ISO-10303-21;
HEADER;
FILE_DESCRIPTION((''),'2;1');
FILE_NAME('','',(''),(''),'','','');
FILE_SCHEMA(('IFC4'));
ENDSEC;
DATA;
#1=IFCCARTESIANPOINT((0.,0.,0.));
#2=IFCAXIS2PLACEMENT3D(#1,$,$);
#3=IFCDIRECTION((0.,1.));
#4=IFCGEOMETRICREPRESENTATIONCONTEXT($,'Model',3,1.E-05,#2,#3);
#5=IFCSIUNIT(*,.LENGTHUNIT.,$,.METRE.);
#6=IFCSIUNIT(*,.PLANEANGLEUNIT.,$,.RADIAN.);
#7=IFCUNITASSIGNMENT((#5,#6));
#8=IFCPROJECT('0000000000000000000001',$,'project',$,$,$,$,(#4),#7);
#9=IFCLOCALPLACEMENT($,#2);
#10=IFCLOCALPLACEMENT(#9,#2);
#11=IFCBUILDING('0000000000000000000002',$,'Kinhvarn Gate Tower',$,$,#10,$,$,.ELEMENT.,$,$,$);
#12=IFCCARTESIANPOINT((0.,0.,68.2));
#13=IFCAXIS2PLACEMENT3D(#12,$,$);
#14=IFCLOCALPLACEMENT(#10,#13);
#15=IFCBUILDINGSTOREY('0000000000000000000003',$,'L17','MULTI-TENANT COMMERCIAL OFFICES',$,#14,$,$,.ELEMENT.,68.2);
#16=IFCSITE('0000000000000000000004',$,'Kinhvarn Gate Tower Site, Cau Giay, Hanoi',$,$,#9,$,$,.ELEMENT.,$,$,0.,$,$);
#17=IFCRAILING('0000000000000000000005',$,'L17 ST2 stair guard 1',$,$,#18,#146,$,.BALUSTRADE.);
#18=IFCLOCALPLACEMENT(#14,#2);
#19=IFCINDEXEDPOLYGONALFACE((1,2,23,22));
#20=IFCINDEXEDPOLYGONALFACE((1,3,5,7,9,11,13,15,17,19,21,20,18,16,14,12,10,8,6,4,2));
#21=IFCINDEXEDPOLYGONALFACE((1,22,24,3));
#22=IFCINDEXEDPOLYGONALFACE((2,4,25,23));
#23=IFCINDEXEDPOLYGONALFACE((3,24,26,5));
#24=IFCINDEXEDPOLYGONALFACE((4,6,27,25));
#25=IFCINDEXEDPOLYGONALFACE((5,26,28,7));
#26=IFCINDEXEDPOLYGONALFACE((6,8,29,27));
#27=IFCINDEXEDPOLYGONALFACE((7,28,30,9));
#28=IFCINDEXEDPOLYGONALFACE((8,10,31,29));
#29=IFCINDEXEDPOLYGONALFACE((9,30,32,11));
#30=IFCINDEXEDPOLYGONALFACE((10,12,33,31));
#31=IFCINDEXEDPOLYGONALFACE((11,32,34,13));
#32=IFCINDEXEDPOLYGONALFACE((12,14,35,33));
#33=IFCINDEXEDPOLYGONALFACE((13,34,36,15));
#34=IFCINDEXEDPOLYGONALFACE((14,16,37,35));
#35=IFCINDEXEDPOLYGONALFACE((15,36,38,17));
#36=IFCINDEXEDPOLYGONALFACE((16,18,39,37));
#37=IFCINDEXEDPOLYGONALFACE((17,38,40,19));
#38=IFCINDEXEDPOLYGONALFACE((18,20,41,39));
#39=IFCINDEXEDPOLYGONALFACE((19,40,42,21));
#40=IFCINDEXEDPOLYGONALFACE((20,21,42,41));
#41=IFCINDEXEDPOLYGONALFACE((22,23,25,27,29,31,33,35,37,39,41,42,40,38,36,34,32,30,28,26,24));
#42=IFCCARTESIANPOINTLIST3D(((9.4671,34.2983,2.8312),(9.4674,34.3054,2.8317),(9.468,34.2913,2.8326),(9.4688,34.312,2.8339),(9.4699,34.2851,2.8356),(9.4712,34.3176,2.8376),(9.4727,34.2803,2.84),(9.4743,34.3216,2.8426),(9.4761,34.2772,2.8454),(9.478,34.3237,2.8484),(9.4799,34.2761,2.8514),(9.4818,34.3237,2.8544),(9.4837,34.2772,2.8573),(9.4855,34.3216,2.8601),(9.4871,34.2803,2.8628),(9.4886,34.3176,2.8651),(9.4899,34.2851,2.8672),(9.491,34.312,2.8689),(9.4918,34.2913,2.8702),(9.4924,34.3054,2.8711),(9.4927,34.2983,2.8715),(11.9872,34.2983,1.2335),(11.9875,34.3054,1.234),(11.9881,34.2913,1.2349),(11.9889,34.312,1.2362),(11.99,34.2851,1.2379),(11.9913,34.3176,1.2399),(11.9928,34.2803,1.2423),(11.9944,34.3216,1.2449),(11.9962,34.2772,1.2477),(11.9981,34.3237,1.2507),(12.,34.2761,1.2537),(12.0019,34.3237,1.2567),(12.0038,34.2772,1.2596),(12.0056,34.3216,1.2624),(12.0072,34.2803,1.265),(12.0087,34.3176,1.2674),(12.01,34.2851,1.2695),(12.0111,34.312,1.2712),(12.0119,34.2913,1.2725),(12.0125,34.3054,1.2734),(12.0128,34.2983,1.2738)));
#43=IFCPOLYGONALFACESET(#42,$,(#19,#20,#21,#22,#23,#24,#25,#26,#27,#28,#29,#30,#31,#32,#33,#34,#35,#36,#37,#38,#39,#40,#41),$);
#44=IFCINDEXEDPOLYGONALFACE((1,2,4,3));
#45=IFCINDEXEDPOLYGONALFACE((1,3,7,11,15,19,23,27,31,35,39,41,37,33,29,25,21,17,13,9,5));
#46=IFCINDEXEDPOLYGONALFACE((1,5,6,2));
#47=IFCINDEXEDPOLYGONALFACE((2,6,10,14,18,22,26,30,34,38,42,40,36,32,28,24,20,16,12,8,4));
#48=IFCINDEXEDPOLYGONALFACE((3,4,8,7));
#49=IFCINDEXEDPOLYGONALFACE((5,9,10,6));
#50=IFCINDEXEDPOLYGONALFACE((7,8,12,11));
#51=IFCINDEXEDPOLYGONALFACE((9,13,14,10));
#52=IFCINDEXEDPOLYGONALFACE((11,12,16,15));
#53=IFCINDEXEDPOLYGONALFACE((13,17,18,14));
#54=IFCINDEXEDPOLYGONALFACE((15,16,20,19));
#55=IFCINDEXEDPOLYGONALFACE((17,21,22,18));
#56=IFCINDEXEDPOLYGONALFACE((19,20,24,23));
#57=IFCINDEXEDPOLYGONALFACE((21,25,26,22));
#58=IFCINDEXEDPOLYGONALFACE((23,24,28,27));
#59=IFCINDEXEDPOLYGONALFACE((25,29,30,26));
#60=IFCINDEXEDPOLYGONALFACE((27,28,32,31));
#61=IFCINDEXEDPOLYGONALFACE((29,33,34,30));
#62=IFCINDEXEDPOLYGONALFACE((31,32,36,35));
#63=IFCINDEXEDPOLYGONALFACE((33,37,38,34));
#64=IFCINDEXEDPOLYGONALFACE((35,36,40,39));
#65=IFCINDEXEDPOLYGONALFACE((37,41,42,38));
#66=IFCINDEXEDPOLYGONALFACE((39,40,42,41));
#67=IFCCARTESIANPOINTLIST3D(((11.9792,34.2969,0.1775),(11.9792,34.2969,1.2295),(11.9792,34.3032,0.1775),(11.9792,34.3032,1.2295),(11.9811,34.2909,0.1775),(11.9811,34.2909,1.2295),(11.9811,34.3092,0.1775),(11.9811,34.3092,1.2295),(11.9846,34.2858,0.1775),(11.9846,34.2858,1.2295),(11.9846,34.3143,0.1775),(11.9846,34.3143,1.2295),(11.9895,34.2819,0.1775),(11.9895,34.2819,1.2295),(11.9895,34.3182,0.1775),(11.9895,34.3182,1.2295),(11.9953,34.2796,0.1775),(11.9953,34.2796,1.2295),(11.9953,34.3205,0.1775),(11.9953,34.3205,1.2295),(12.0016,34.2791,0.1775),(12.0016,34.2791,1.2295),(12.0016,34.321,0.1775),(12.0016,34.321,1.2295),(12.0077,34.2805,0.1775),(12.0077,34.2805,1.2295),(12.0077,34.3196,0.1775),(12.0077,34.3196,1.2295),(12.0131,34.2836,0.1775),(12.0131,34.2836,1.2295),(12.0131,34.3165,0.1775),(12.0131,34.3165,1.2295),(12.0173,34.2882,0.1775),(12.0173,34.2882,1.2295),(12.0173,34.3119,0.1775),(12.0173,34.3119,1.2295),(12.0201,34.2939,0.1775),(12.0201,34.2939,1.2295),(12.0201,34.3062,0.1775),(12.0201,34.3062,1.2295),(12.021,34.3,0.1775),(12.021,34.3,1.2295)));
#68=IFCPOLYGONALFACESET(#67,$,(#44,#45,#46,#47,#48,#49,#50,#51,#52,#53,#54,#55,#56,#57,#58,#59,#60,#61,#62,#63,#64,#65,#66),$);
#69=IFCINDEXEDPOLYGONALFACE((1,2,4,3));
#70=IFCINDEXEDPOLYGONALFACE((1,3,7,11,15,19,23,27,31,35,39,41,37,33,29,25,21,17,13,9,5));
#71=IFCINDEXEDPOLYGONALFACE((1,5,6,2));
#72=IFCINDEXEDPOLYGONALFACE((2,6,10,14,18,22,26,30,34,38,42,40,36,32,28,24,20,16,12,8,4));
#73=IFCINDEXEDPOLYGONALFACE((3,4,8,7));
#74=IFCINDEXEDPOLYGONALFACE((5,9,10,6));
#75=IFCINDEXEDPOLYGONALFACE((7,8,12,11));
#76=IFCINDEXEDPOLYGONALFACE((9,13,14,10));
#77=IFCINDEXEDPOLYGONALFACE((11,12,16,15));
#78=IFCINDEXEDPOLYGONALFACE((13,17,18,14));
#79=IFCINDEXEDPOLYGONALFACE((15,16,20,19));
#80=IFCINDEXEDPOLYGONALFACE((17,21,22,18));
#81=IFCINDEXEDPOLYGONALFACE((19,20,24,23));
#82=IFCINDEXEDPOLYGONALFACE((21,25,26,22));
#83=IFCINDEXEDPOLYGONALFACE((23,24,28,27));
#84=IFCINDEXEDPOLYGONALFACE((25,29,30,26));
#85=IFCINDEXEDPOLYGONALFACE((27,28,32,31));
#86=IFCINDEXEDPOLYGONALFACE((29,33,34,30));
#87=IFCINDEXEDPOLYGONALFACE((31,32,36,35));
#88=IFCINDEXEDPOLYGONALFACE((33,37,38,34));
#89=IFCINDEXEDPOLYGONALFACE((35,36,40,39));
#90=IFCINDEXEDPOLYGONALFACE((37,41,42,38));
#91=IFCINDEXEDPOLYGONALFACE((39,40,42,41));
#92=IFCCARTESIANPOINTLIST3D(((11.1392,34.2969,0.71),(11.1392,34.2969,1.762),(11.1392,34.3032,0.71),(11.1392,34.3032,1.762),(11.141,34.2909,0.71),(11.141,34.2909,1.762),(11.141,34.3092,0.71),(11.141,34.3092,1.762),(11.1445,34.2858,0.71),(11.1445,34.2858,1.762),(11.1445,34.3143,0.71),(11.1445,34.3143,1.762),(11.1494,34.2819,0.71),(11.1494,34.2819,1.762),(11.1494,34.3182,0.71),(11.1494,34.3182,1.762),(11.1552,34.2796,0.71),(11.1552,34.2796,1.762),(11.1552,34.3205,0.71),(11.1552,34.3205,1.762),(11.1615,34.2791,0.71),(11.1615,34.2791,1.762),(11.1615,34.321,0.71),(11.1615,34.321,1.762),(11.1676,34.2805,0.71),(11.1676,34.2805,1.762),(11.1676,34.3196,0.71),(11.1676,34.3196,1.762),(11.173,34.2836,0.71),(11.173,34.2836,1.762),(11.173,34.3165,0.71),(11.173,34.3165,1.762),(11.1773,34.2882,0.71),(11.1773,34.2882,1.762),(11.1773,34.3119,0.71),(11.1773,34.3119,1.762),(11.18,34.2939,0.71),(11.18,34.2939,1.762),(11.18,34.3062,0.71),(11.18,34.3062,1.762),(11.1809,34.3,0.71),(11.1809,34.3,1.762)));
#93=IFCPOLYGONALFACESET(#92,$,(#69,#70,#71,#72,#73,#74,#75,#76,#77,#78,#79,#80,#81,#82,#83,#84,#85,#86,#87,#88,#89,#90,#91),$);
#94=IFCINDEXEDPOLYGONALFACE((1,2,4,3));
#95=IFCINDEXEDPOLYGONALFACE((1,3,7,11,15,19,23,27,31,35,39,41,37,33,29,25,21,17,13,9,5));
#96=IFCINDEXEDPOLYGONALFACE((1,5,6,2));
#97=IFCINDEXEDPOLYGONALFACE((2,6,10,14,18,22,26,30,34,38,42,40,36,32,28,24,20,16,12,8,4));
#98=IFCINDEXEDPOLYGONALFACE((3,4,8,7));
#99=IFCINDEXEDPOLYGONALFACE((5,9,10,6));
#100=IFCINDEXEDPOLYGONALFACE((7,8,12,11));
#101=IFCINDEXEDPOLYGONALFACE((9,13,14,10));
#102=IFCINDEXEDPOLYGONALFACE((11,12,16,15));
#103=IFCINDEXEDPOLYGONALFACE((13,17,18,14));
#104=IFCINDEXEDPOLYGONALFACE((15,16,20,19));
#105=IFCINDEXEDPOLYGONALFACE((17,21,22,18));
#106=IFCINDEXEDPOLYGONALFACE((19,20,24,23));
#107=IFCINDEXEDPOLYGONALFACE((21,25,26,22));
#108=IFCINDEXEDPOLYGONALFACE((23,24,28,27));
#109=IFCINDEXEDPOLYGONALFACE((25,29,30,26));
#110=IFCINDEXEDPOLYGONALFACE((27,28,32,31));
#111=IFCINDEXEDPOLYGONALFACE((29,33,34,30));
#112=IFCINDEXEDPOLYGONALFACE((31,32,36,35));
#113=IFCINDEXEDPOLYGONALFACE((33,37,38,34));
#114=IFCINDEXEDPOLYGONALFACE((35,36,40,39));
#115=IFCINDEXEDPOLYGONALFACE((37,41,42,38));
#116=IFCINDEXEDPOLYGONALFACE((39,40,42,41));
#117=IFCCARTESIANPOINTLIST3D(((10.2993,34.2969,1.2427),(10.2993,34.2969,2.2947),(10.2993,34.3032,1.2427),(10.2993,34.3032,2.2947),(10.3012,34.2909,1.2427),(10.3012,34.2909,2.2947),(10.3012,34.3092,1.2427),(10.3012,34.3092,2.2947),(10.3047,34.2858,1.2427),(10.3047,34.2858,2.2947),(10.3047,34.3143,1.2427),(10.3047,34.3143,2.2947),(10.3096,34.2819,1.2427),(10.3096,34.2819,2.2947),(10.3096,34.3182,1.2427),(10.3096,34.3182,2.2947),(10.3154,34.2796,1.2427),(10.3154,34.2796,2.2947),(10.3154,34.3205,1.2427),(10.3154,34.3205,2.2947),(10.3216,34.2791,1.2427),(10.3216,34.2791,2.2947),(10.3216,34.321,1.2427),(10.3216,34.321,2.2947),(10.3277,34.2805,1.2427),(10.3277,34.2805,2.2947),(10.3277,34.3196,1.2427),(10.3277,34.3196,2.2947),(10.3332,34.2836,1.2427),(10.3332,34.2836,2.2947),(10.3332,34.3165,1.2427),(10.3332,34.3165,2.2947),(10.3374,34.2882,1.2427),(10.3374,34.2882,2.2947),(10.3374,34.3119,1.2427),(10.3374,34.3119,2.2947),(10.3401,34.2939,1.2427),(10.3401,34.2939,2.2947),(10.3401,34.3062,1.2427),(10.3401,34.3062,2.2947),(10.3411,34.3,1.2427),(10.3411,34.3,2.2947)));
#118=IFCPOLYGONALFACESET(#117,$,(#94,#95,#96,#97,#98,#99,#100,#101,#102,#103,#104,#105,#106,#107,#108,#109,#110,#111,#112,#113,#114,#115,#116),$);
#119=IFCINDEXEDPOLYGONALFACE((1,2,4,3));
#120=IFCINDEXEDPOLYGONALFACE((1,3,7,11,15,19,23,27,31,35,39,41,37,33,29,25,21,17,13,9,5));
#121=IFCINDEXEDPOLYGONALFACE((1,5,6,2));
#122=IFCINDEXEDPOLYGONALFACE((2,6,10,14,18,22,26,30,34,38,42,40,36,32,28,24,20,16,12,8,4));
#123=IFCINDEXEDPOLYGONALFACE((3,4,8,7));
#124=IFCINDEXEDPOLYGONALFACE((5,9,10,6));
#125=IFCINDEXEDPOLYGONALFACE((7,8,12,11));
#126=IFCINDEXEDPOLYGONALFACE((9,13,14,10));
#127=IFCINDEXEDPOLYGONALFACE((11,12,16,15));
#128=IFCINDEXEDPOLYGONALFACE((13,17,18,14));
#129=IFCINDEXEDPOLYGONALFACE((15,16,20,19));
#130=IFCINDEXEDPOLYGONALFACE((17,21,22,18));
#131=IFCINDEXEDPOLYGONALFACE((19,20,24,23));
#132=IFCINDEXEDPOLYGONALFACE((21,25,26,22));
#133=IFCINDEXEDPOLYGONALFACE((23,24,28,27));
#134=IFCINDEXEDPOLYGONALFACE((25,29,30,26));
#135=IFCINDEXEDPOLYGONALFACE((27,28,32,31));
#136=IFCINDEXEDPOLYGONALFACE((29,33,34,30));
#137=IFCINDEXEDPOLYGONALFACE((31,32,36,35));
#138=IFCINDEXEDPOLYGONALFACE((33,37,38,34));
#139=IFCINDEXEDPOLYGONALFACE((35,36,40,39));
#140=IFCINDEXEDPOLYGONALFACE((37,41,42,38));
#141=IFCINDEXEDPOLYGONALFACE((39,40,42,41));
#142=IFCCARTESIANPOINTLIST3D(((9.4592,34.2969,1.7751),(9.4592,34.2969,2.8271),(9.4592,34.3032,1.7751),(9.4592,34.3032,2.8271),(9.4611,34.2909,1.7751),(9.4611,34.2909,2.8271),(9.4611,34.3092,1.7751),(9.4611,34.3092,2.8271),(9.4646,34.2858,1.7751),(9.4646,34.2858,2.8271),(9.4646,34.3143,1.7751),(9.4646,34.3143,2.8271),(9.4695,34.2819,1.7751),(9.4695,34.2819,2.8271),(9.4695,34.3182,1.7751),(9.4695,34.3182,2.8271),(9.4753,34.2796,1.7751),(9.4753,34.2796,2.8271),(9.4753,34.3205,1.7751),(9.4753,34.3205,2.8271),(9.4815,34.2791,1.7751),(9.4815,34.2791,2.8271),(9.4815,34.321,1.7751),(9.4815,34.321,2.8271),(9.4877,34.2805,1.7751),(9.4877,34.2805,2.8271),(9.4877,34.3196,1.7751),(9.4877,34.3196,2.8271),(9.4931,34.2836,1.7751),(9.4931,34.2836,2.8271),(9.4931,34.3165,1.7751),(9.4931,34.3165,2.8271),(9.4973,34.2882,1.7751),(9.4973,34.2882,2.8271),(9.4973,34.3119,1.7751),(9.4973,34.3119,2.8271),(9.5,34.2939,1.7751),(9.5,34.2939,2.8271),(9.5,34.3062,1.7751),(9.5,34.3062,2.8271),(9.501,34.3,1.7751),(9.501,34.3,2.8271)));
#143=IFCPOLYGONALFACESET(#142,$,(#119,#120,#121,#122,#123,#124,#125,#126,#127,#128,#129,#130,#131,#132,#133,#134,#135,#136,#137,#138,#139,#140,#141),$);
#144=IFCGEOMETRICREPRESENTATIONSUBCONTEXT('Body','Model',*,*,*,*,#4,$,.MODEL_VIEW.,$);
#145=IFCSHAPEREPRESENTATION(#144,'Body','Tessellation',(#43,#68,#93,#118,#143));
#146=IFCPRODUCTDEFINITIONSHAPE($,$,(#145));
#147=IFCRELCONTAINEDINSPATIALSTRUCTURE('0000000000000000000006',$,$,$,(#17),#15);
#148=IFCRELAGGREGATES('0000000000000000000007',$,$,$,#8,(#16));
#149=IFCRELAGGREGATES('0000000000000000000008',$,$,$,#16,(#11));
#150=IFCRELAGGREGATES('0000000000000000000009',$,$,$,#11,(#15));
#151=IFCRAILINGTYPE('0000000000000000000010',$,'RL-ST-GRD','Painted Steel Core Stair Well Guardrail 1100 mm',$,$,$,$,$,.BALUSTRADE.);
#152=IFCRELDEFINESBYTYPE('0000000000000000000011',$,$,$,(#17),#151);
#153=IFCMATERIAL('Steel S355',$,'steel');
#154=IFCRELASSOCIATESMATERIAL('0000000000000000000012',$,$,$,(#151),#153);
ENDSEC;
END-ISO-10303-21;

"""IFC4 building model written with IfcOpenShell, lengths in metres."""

from ifc_helpers import new_model, si_unit, direction, frame, origin, origin_2d, place, context, subcontext, project, spatial, circle, extrude, material, type_object, element, save


model = new_model("IFC4")

# Units and contexts
model_context = context("Model", 3, precision=1e-05, world=origin(), true_north=direction((0.0, 1.0)))
body_context = subcontext(model_context, "Body", "Model", "MODEL_VIEW")
ifc_project = project(units=[si_unit("LENGTHUNIT", "METRE"), si_unit("PLANEANGLEUNIT", "RADIAN")], contexts=[model_context])

# Site, building, storey
site_placement = place(None, origin())
site = spatial("IfcSite", under=ifc_project, at=site_placement, Name="Kinhvarn Gate Tower Site, Cau Giay, Hanoi", CompositionType="ELEMENT", RefElevation=0.0)
building_placement = place(site_placement, origin())
building = spatial("IfcBuilding", under=site, at=building_placement, Name="Kinhvarn Gate Tower", CompositionType="ELEMENT")
storey_placement = place(building_placement, frame((0.0, 0.0, 68.2)))
storey = spatial("IfcBuildingStorey", under=building, at=storey_placement, Name="L17", Description="MULTI-TENANT COMMERCIAL OFFICES", CompositionType="ELEMENT", Elevation=68.2)

# Shared definitions
ifc_material_1 = material(Name="Steel S355", Category="steel")

# Railing
railing_type_1 = type_object("IfcRailingType", Name="RL-ST-GRD", Description="Painted Steel Core Stair Well Guardrail 1100 mm", PredefinedType="BALUSTRADE", material=ifc_material_1)
railing_1_placement = place(storey_placement, frame((12.0, 34.3, 0.1775)))
element("IfcRailing", 1, at=railing_1_placement, inside=storey, type_object=railing_type_1, Name="L17 ST2 stair guard 1", PredefinedType="BALUSTRADE", context=body_context, shape_type="SweptSolid", body=[
    extrude(circle(Radius=0.0239, at=origin_2d()), frame((0.0, 0.0, 1.0762), z_axis=(-0.84457, 0.0, 0.535445), x_axis=(0.0, -1.0, 0.0)), (0.0, 0.0, 1.0), 2.9839),
    extrude(circle(Radius=0.021, at=origin_2d()), origin(), (0.0, 0.0, 1.0), 1.052),
    extrude(circle(Radius=0.021, at=origin_2d()), frame((-0.8401, 0.0, 0.5325)), (0.0, 0.0, 1.0), 1.052),
    extrude(circle(Radius=0.021, at=origin_2d()), frame((-1.6799, 0.0, 1.0652)), (0.0, 0.0, 1.0), 1.052),
    extrude(circle(Radius=0.021, at=origin_2d()), frame((-2.52, 0.0, 1.5977)), (0.0, 0.0, 1.0), 1.052),
])

save(model, "model.ifc")
